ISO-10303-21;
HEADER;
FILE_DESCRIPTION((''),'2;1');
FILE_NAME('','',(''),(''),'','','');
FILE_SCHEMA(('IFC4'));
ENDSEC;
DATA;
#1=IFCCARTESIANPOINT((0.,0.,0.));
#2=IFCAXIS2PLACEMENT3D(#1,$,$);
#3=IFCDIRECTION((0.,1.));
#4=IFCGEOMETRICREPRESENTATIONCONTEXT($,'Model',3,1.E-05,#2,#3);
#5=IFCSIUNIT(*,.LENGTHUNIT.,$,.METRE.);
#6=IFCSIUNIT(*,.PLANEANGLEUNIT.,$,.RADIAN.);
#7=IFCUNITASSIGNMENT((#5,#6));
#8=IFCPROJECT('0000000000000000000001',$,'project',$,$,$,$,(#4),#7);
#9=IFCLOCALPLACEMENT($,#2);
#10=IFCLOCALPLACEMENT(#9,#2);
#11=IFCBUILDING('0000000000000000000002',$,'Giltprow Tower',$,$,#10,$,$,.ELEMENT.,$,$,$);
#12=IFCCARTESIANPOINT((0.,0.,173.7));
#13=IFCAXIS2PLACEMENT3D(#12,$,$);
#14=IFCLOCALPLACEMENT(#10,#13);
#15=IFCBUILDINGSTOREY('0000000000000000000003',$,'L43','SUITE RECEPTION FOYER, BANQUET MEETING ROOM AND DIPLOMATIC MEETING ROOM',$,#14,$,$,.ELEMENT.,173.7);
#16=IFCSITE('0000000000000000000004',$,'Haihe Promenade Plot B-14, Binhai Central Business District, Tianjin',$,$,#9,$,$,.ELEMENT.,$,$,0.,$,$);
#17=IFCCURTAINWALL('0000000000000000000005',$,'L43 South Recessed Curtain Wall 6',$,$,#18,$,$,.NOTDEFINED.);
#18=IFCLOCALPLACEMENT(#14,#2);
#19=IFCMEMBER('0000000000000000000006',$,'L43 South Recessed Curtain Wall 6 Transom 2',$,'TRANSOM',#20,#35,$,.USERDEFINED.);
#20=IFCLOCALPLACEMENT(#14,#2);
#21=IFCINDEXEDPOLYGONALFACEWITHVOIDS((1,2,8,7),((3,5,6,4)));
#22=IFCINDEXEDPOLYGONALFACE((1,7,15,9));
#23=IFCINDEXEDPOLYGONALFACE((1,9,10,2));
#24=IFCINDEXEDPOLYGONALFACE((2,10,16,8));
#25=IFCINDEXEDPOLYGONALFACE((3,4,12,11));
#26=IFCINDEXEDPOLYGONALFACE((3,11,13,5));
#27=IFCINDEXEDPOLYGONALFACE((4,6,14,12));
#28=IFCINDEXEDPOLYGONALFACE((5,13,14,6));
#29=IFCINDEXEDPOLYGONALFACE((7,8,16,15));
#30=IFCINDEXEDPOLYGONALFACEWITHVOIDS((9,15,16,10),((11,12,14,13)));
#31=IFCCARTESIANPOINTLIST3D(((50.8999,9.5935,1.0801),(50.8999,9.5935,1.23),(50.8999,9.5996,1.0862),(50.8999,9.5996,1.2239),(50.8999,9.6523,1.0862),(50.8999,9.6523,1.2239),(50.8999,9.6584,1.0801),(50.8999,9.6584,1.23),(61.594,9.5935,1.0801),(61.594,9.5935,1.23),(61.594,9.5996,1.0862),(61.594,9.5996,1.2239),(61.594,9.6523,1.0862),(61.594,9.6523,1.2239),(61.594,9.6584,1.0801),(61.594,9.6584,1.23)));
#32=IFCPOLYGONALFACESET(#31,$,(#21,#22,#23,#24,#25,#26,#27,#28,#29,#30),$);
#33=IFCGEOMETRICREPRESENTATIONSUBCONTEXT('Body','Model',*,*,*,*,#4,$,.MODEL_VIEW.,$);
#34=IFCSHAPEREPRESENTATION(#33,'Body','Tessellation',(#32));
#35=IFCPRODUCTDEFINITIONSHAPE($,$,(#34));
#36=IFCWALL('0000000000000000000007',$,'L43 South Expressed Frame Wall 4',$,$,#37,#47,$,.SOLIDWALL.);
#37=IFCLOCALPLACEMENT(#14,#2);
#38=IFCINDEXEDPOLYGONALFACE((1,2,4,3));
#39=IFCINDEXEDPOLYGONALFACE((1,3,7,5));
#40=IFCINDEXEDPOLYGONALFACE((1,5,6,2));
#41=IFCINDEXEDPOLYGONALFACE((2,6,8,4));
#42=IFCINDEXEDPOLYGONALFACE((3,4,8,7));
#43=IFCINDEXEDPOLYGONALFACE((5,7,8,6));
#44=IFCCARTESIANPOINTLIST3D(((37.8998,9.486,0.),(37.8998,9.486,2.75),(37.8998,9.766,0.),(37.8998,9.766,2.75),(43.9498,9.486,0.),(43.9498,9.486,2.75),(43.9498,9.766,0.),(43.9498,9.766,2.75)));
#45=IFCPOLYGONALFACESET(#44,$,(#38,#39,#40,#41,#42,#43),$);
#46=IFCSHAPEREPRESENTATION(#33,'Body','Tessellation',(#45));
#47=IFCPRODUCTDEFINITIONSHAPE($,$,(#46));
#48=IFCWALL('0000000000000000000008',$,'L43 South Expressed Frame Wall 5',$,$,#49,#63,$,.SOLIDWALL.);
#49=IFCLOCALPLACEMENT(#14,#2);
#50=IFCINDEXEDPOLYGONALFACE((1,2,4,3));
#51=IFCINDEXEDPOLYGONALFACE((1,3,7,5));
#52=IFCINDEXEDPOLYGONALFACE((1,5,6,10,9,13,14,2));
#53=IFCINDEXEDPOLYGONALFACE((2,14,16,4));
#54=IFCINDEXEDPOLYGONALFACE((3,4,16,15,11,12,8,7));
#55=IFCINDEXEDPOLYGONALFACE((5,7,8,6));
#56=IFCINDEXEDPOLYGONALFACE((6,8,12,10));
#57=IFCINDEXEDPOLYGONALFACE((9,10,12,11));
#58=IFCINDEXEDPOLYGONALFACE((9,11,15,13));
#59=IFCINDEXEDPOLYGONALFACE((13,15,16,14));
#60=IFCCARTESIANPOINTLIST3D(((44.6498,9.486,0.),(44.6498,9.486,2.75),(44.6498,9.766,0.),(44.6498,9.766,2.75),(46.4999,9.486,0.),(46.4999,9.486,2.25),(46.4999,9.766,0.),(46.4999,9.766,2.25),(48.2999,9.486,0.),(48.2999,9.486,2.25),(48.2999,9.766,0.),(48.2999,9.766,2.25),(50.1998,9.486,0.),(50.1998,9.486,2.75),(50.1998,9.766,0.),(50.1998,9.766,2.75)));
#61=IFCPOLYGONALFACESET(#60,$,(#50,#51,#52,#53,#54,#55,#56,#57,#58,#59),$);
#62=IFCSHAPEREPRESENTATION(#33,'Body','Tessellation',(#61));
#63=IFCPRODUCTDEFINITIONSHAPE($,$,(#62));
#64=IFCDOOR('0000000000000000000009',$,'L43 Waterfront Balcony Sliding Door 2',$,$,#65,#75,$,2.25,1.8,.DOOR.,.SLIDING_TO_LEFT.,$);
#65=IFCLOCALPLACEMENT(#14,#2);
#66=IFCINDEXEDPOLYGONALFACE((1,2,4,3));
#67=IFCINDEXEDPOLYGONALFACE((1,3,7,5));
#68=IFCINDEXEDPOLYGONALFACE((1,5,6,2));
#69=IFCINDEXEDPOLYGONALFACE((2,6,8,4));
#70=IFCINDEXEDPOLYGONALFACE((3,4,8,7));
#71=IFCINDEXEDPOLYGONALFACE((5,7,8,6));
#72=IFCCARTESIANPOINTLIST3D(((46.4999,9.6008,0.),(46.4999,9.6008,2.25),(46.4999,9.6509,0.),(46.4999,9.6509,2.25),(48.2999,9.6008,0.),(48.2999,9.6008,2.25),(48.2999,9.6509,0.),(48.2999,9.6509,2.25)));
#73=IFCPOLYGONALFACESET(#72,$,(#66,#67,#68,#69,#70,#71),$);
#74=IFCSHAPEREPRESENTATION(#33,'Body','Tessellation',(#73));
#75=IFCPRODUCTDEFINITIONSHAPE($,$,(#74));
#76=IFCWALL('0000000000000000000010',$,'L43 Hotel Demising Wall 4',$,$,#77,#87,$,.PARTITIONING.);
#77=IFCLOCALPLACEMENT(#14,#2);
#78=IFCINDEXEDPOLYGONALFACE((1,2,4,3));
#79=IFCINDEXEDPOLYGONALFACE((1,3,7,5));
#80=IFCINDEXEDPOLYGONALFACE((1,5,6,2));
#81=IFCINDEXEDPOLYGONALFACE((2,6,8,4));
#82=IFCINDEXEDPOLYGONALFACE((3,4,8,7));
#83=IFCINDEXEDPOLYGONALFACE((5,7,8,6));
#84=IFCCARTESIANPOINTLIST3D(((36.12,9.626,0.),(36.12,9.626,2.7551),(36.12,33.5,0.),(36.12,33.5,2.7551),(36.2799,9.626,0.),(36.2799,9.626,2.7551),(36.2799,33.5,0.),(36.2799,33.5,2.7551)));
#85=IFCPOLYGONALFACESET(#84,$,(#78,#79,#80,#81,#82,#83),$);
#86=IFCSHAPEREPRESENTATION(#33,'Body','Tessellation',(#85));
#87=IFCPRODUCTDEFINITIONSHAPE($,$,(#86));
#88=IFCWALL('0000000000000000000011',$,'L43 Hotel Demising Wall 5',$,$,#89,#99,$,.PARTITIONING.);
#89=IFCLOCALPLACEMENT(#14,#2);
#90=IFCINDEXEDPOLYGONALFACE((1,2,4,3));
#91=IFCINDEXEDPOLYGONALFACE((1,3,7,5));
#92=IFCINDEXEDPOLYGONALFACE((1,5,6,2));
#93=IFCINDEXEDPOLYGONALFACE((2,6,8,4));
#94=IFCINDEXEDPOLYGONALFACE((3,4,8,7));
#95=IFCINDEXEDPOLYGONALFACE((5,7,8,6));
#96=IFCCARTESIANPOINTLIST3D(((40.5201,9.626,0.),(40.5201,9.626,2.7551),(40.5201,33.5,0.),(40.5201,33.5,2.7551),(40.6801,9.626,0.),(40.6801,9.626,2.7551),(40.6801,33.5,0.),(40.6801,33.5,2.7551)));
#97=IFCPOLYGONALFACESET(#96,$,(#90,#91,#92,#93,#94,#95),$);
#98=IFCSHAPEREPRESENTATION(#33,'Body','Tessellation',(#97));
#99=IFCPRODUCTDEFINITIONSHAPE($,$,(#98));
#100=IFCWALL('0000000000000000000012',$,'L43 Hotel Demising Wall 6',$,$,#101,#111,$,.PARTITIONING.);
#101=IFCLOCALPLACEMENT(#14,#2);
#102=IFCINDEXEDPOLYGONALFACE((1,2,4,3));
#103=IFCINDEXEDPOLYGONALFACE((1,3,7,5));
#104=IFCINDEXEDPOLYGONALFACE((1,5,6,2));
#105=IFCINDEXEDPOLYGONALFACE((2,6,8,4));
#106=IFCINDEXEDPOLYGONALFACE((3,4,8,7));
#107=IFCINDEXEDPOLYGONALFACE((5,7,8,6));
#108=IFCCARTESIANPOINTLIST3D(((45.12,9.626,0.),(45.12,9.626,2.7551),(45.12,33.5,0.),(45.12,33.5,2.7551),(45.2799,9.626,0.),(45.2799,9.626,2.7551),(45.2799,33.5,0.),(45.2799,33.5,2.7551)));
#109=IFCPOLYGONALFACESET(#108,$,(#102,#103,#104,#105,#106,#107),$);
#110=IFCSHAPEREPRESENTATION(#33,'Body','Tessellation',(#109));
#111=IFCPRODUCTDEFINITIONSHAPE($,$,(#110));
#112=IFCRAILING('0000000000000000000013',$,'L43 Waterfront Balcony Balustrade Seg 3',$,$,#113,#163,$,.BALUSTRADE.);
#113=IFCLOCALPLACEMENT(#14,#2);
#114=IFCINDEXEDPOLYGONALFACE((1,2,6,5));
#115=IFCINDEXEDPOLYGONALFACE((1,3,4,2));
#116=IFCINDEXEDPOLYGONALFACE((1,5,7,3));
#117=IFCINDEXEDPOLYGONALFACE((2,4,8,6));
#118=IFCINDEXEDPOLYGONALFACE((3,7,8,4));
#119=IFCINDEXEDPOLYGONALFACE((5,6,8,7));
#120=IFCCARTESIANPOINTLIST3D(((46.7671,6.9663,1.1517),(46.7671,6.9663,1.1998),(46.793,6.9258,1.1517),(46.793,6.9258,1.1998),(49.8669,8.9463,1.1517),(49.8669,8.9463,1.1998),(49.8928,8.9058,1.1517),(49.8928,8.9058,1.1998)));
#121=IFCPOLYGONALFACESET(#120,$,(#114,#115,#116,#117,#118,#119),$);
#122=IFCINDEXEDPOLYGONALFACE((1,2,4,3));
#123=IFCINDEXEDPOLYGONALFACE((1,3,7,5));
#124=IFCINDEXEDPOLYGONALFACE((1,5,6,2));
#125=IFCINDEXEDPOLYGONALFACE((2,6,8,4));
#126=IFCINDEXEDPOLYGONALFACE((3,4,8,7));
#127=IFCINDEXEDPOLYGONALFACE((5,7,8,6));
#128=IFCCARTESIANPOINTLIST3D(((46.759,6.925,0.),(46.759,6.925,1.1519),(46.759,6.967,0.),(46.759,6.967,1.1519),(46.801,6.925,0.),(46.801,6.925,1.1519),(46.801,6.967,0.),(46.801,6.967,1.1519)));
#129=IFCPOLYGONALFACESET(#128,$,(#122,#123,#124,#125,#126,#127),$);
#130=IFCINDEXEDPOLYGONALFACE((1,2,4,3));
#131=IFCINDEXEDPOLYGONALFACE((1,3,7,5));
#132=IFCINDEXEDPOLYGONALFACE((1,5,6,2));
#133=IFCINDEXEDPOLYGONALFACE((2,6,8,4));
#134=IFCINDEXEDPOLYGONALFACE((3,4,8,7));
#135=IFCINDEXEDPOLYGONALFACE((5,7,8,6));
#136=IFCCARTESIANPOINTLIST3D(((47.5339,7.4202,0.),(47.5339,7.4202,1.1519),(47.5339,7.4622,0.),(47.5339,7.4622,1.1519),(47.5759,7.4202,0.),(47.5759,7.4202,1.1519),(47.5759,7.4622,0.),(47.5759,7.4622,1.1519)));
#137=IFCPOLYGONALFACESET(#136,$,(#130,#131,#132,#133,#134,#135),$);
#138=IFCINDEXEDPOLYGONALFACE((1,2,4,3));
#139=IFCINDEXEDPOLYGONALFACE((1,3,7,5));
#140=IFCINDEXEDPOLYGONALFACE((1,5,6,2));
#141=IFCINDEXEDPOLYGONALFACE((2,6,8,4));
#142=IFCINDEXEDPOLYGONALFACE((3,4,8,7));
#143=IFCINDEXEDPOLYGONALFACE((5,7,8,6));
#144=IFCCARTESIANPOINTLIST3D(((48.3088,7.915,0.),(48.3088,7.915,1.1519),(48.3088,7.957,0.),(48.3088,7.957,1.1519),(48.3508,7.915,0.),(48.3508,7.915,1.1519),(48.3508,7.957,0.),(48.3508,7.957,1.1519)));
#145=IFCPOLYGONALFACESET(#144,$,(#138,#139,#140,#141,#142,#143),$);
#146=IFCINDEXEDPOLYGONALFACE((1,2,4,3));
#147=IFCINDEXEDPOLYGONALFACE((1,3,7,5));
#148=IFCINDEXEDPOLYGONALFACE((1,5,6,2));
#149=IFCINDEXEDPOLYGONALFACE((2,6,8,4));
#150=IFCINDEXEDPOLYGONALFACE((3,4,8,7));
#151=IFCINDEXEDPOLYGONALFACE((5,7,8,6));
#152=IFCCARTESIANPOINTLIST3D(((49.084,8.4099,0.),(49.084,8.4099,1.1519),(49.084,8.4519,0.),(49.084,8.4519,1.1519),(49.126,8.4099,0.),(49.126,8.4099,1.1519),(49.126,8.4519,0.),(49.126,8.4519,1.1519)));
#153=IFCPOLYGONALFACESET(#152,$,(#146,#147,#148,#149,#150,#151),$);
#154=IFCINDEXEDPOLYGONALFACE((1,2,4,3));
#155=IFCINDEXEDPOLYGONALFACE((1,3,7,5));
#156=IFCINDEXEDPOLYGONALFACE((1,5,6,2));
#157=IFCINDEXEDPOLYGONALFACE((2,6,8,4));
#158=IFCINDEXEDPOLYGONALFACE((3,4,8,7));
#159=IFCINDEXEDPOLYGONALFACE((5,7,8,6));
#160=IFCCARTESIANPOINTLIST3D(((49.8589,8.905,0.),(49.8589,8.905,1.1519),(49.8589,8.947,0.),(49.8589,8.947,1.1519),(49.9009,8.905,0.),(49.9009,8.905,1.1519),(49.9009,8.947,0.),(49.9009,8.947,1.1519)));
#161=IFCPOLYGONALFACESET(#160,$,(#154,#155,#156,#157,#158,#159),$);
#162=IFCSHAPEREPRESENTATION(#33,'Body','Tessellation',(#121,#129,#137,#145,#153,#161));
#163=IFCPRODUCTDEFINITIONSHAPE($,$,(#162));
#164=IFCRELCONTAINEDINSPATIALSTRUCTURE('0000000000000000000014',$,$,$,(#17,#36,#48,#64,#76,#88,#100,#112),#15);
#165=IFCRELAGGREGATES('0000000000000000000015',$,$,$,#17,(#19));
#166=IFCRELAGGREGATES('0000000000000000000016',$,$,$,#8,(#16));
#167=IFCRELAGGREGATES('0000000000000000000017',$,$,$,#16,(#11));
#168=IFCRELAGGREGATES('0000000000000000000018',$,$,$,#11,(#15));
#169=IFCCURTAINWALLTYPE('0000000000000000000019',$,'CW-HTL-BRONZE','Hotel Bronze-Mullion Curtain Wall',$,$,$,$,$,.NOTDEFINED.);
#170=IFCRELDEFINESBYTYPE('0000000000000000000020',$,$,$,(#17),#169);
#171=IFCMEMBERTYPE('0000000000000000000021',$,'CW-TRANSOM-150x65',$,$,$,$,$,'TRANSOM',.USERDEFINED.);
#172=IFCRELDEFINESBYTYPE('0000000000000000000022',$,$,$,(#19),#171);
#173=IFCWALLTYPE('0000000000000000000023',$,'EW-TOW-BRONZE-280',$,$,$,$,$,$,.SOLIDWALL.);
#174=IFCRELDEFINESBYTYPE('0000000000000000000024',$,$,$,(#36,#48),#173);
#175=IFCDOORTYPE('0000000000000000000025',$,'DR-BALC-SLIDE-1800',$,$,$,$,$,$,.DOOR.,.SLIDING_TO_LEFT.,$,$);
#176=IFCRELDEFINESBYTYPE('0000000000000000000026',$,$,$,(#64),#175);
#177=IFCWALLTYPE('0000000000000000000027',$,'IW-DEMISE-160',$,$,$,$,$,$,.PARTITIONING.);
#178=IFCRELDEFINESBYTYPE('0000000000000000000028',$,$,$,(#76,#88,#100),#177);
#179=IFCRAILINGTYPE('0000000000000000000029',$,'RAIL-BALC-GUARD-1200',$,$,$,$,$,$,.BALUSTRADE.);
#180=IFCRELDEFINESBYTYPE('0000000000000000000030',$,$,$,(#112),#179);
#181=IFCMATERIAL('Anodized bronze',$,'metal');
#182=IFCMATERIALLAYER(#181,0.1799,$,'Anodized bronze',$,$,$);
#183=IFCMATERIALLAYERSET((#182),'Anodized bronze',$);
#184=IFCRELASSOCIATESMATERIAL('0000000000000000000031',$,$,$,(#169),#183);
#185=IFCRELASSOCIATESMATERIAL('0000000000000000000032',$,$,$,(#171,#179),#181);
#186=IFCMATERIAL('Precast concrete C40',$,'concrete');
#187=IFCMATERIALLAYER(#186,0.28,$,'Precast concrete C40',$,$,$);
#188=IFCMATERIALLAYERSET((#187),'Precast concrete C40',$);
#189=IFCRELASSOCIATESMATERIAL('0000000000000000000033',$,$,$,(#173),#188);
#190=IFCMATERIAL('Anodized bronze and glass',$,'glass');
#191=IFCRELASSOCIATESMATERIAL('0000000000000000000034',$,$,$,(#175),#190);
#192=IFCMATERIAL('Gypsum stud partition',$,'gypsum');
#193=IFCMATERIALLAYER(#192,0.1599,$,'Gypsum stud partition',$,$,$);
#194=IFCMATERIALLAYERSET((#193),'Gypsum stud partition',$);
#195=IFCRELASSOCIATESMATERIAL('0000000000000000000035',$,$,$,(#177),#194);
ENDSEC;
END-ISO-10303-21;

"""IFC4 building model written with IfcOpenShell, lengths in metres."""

from ifc_helpers import new_model, si_unit, direction, frame, frame_2d, origin, origin_2d, place, context, subcontext, project, spatial, rectangle, hollow_rectangle, extrude, source, transform, mapped, material, layer, layer_set, material_profile, profile_set, type_object, element, fill, aggregate, save


model = new_model("IFC4")

# Units and contexts
model_context = context("Model", 3, precision=1e-05, world=origin(), true_north=direction((0.0, 1.0)))
body_context = subcontext(model_context, "Body", "Model", "MODEL_VIEW")
ifc_project = project(units=[si_unit("LENGTHUNIT", "METRE"), si_unit("PLANEANGLEUNIT", "RADIAN")], contexts=[model_context])

# Site, building, storey
site_placement = place(None, origin())
site = spatial("IfcSite", under=ifc_project, at=site_placement, Name="Haihe Promenade Plot B-14, Binhai Central Business District, Tianjin", CompositionType="ELEMENT", RefElevation=0.0)
building_placement = place(site_placement, origin())
building = spatial("IfcBuilding", under=site, at=building_placement, Name="Giltprow Tower", CompositionType="ELEMENT")
storey_placement = place(building_placement, frame((0.0, 0.0, 173.7)))
storey = spatial("IfcBuildingStorey", under=building, at=storey_placement, Name="L43", Description="SUITE RECEPTION FOYER, BANQUET MEETING ROOM AND DIPLOMATIC MEETING ROOM", CompositionType="ELEMENT", Elevation=173.7)

# Curtain wall, member
ifc_material_1 = material(Name="Anodized bronze", Category="metal")
ifc_layer_1 = layer(ifc_material_1, 0.1799, Name="Anodized bronze")
ifc_layer_set_1 = layer_set([ifc_layer_1], Name="Anodized bronze")
curtain_wall_type = type_object("IfcCurtainWallType", Name="CW-HTL-BRONZE", Description="Hotel Bronze-Mullion Curtain Wall", PredefinedType="NOTDEFINED", material=ifc_layer_set_1)
curtain_wall_placement = place(storey_placement, origin())
curtain_wall = element("IfcCurtainWall", 1, at=curtain_wall_placement, inside=storey, type_object=curtain_wall_type, Name="L43 South Recessed Curtain Wall 6", PredefinedType="NOTDEFINED")
ifc_material_profile_1 = material_profile(ifc_material_1, hollow_rectangle(XDim=0.0649, YDim=0.1499, WallThickness=0.0061, at=origin_2d()), Name="RHS 150x65x6")
ifc_profile_set_1 = profile_set([ifc_material_profile_1], Name="Anodized bronze")
member_type_1 = type_object("IfcMemberType", Name="CW-TRANSOM-150x65", ElementType="TRANSOM", PredefinedType="USERDEFINED", material=ifc_profile_set_1)
shared_shape_1 = source(origin(), body_context, "Body", "SweptSolid", [
    extrude(hollow_rectangle(XDim=0.0649, YDim=0.1499, WallThickness=0.0061, at=origin_2d()), origin(), (0.0, 0.0, 1.0), 10.6941),
])
member_1_placement = place(storey_placement, frame((50.8999, 9.626, 1.155), z_axis=(1.0, 0.0, 0.0), x_axis=(0.0, 1.0, 0.0)))
member_1 = element("IfcMember", 2, at=member_1_placement, type_object=member_type_1, Name="L43 South Recessed Curtain Wall 6 Transom 2", ObjectType="TRANSOM", PredefinedType="USERDEFINED", context=body_context, shape_type="MappedRepresentation", body=[
    mapped(shared_shape_1, transform((0.0, 0.0, 0.0), x_axis=(1.0, 0.0, 0.0), y_axis=(0.0, 1.0, 0.0), z_axis=(0.0, 0.0, 1.0), scale=1.0)),
])
aggregate(curtain_wall, [member_1])

# Wall
ifc_material_2 = material(Name="Precast concrete C40", Category="concrete")
ifc_layer_2 = layer(ifc_material_2, 0.28, Name="Precast concrete C40")
ifc_layer_set_2 = layer_set([ifc_layer_2], Name="Precast concrete C40")
wall_type_1 = type_object("IfcWallType", Name="EW-TOW-BRONZE-280", PredefinedType="SOLIDWALL", material=ifc_layer_set_2)
wall_1_placement = place(storey_placement, frame((37.8999, 9.626, 0.0), z_axis=(0.0, 0.0, 1.0), x_axis=(1.0, 0.0, 0.0)))
element("IfcWall", 3, at=wall_1_placement, inside=storey, type_object=wall_type_1, Name="L43 South Expressed Frame Wall 4", PredefinedType="SOLIDWALL", context=body_context, shape_type="SweptSolid", body=[
    extrude(rectangle(XDim=6.05, YDim=0.28, at=frame_2d((3.0249, 0.0))), origin(), (0.0, 0.0, 1.0), 2.75),
])

# Wall, opening, door
wall_2_placement = place(storey_placement, frame((44.6499, 9.626, 0.0), z_axis=(0.0, 0.0, 1.0), x_axis=(1.0, 0.0, 0.0)))
wall_2 = element("IfcWall", 4, at=wall_2_placement, inside=storey, type_object=wall_type_1, Name="L43 South Expressed Frame Wall 5", PredefinedType="SOLIDWALL", context=body_context, shape_type="SweptSolid", body=[
    extrude(rectangle(XDim=5.55, YDim=0.28, at=frame_2d((2.7749, 0.0))), origin(), (0.0, 0.0, 1.0), 2.75),
])
opening_placement = place(wall_2_placement, frame((1.8501, 0.0, 0.0)))
opening = element("IfcOpeningElement", 5, at=opening_placement, cuts=wall_2, PredefinedType="OPENING", context=body_context, shape_type="SweptSolid", body=[
    extrude(rectangle(XDim=1.8, YDim=2.25, at=frame_2d((0.8999, 1.125))), frame((0.0, 0.1499, 0.0), z_axis=(0.0, -1.0, 0.0), x_axis=(1.0, 0.0, 0.0)), (0.0, 0.0, 1.0), 0.3),
])
ifc_material_3 = material(Name="Anodized bronze and glass", Category="glass")
door_type = type_object("IfcDoorType", Name="DR-BALC-SLIDE-1800", OperationType="SLIDING_TO_LEFT", PredefinedType="DOOR", material=ifc_material_3)
shared_shape_2 = source(origin(), body_context, "Body", "SweptSolid", [
    extrude(rectangle(XDim=1.8, YDim=2.25, at=frame_2d((0.8999, 1.125))), frame((0.0, 0.0249, 0.0), z_axis=(0.0, -1.0, 0.0), x_axis=(1.0, 0.0, 0.0)), (0.0, 0.0, 1.0), 0.05),
])
door_placement = place(opening_placement, origin())
door = element("IfcDoor", 6, at=door_placement, inside=storey, type_object=door_type, Name="L43 Waterfront Balcony Sliding Door 2", OperationType="SLIDING_TO_LEFT", OverallHeight=2.25, OverallWidth=1.8, PredefinedType="DOOR", context=body_context, shape_type="MappedRepresentation", body=[
    mapped(shared_shape_2, transform((0.0, 0.0, 0.0), x_axis=(1.0, 0.0, 0.0), y_axis=(0.0, 1.0, 0.0), z_axis=(0.0, 0.0, 1.0), scale=1.0)),
])
fill(opening, door)

# Walls
ifc_material_4 = material(Name="Gypsum stud partition", Category="gypsum")
ifc_layer_3 = layer(ifc_material_4, 0.1599, Name="Gypsum stud partition")
ifc_layer_set_3 = layer_set([ifc_layer_3], Name="Gypsum stud partition")
wall_type_2 = type_object("IfcWallType", Name="IW-DEMISE-160", PredefinedType="PARTITIONING", material=ifc_layer_set_3)
for number, where, z_axis, x_axis, name in (
    (7, (36.2, 9.626, 0.0), (0.0, 0.0, 1.0), (0.0, 1.0, 0.0), "L43 Hotel Demising Wall 4"),
    (8, (40.6001, 9.626, 0.0), (0.0, 0.0, 1.0), (0.0, 1.0, 0.0), "L43 Hotel Demising Wall 5"),
    (9, (45.2, 9.626, 0.0), (0.0, 0.0, 1.0), (0.0, 1.0, 0.0), "L43 Hotel Demising Wall 6"),
):
    element("IfcWall", number, at=place(storey_placement, frame(where, z_axis=z_axis, x_axis=x_axis)), inside=storey, type_object=wall_type_2, Name=name, PredefinedType="PARTITIONING", context=body_context, shape_type="SweptSolid", body=[
        extrude(rectangle(XDim=23.874, YDim=0.1599, at=frame_2d((11.937, 0.0))), origin(), (0.0, 0.0, 1.0), 2.7551),
    ])

# Railing
railing_type = type_object("IfcRailingType", Name="RAIL-BALC-GUARD-1200", PredefinedType="BALUSTRADE", material=ifc_material_1)
railing_1_placement = place(storey_placement, frame((46.78, 6.946, 0.0)))
element("IfcRailing", 10, at=railing_1_placement, inside=storey, type_object=railing_type, Name="L43 Waterfront Balcony Balustrade Seg 3", PredefinedType="BALUSTRADE", context=body_context, shape_type="SweptSolid", body=[
    extrude(rectangle(XDim=0.0481, YDim=0.0481, at=origin_2d()), frame((0.0, 0.0, 1.1758), z_axis=(0.842756, 0.538296, 0.0), x_axis=(-0.538296, 0.842756, 0.0)), (0.0, 0.0, 1.0), 3.6782),
    extrude(rectangle(XDim=0.042, YDim=0.042, at=origin_2d()), origin(), (0.0, 0.0, 1.0), 1.1519),
    extrude(rectangle(XDim=0.042, YDim=0.042, at=origin_2d()), frame((0.7749, 0.4951, 0.0)), (0.0, 0.0, 1.0), 1.1519),
    extrude(rectangle(XDim=0.042, YDim=0.042, at=origin_2d()), frame((1.5498, 0.99, 0.0)), (0.0, 0.0, 1.0), 1.1519),
    extrude(rectangle(XDim=0.042, YDim=0.042, at=origin_2d()), frame((2.325, 1.4849, 0.0)), (0.0, 0.0, 1.0), 1.1519),
    extrude(rectangle(XDim=0.042, YDim=0.042, at=origin_2d()), frame((3.0999, 1.98, 0.0)), (0.0, 0.0, 1.0), 1.1519),
])

save(model, "model.ifc")
